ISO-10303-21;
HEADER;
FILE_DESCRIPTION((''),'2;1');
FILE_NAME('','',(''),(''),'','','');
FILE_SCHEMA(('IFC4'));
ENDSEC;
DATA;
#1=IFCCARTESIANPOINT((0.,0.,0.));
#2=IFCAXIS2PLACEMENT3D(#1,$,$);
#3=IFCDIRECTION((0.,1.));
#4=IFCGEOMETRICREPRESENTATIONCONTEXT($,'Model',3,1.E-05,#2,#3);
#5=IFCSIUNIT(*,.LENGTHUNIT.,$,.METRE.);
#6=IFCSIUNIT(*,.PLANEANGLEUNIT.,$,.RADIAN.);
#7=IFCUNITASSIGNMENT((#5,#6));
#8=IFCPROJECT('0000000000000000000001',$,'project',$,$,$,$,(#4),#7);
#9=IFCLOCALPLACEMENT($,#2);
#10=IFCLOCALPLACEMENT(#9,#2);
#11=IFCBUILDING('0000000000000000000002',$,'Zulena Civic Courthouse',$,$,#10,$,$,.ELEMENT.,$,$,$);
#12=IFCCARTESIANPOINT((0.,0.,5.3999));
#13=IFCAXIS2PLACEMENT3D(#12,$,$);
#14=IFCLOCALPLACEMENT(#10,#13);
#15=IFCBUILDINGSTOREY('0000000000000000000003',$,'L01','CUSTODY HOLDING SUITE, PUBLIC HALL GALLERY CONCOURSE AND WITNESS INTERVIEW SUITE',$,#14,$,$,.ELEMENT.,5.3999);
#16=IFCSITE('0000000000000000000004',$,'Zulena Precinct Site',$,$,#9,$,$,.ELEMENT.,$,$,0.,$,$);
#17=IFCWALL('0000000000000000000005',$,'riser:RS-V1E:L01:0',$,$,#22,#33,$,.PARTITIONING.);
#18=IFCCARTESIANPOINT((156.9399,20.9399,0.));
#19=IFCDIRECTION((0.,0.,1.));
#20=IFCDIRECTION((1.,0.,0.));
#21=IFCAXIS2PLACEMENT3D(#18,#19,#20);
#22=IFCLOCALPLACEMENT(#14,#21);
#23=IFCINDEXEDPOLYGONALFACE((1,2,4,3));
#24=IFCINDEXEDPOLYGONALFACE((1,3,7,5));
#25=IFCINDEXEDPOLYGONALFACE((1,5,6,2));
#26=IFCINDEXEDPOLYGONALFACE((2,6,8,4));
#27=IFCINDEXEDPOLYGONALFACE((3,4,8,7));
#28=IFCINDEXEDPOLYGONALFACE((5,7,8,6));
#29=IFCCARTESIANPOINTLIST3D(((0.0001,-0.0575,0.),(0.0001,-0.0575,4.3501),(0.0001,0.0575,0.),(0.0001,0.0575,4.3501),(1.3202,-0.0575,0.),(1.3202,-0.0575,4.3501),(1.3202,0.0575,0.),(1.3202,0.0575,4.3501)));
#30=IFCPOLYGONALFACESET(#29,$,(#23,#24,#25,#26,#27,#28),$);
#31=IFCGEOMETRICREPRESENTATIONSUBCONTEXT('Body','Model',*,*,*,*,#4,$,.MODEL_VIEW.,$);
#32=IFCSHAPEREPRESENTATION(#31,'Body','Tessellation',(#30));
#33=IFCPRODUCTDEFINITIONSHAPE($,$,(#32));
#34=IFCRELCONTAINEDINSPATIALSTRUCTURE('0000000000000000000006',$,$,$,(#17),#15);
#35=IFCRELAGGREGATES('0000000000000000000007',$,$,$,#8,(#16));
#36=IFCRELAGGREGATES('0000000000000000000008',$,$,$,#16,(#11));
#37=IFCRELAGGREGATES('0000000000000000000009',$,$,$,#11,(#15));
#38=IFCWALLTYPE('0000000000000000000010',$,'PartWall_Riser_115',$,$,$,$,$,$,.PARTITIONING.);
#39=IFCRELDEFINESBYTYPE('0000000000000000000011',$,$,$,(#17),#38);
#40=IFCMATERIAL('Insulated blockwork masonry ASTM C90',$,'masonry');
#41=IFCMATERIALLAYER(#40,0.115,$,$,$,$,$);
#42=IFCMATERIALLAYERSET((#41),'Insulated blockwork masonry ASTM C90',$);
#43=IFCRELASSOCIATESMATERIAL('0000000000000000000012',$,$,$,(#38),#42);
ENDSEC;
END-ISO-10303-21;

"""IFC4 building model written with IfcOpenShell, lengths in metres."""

from ifc_helpers import new_model, si_unit, direction, frame, frame_2d, origin, place, context, subcontext, project, spatial, rectangle, extrude, material, layer, layer_set, type_object, element, save


model = new_model("IFC4")

# Units and contexts
model_context = context("Model", 3, precision=1e-05, world=origin(), true_north=direction((0.0, 1.0)))
body_context = subcontext(model_context, "Body", "Model", "MODEL_VIEW")
ifc_project = project(units=[si_unit("LENGTHUNIT", "METRE"), si_unit("PLANEANGLEUNIT", "RADIAN")], contexts=[model_context])

# Site, building, storey
site_placement = place(None, origin())
site = spatial("IfcSite", under=ifc_project, at=site_placement, Name="Zulena Precinct Site", CompositionType="ELEMENT", RefElevation=0.0)
building_placement = place(site_placement, origin())
building = spatial("IfcBuilding", under=site, at=building_placement, Name="Zulena Civic Courthouse", CompositionType="ELEMENT")
storey_placement = place(building_placement, frame((0.0, 0.0, 5.3999)))
storey = spatial("IfcBuildingStorey", under=building, at=storey_placement, Name="L01", Description="CUSTODY HOLDING SUITE, PUBLIC HALL GALLERY CONCOURSE AND WITNESS INTERVIEW SUITE", CompositionType="ELEMENT", Elevation=5.3999)

# Wall
ifc_material_1 = material(Name="Insulated blockwork masonry ASTM C90", Category="masonry")
ifc_layer_1 = layer(ifc_material_1, 0.115)
ifc_layer_set_1 = layer_set([ifc_layer_1], Name="Insulated blockwork masonry ASTM C90")
wall_type_1 = type_object("IfcWallType", Name="PartWall_Riser_115", PredefinedType="PARTITIONING", material=ifc_layer_set_1)
for number, where, z_axis, x_axis, name in (
    (1, (156.9399, 20.9399, 0.0), (0.0, 0.0, 1.0), (1.0, 0.0, 0.0), "riser:RS-V1E:L01:0"),
):
    element("IfcWall", number, at=place(storey_placement, frame(where, z_axis=z_axis, x_axis=x_axis)), inside=storey, type_object=wall_type_1, Name=name, PredefinedType="PARTITIONING", context=body_context, shape_type="SweptSolid", body=[
        extrude(rectangle(XDim=1.3201, YDim=0.115, at=frame_2d((0.6602, 0.0))), origin(), (0.0, 0.0, 1.0), 4.3501),
    ])

save(model, "model.ifc")
